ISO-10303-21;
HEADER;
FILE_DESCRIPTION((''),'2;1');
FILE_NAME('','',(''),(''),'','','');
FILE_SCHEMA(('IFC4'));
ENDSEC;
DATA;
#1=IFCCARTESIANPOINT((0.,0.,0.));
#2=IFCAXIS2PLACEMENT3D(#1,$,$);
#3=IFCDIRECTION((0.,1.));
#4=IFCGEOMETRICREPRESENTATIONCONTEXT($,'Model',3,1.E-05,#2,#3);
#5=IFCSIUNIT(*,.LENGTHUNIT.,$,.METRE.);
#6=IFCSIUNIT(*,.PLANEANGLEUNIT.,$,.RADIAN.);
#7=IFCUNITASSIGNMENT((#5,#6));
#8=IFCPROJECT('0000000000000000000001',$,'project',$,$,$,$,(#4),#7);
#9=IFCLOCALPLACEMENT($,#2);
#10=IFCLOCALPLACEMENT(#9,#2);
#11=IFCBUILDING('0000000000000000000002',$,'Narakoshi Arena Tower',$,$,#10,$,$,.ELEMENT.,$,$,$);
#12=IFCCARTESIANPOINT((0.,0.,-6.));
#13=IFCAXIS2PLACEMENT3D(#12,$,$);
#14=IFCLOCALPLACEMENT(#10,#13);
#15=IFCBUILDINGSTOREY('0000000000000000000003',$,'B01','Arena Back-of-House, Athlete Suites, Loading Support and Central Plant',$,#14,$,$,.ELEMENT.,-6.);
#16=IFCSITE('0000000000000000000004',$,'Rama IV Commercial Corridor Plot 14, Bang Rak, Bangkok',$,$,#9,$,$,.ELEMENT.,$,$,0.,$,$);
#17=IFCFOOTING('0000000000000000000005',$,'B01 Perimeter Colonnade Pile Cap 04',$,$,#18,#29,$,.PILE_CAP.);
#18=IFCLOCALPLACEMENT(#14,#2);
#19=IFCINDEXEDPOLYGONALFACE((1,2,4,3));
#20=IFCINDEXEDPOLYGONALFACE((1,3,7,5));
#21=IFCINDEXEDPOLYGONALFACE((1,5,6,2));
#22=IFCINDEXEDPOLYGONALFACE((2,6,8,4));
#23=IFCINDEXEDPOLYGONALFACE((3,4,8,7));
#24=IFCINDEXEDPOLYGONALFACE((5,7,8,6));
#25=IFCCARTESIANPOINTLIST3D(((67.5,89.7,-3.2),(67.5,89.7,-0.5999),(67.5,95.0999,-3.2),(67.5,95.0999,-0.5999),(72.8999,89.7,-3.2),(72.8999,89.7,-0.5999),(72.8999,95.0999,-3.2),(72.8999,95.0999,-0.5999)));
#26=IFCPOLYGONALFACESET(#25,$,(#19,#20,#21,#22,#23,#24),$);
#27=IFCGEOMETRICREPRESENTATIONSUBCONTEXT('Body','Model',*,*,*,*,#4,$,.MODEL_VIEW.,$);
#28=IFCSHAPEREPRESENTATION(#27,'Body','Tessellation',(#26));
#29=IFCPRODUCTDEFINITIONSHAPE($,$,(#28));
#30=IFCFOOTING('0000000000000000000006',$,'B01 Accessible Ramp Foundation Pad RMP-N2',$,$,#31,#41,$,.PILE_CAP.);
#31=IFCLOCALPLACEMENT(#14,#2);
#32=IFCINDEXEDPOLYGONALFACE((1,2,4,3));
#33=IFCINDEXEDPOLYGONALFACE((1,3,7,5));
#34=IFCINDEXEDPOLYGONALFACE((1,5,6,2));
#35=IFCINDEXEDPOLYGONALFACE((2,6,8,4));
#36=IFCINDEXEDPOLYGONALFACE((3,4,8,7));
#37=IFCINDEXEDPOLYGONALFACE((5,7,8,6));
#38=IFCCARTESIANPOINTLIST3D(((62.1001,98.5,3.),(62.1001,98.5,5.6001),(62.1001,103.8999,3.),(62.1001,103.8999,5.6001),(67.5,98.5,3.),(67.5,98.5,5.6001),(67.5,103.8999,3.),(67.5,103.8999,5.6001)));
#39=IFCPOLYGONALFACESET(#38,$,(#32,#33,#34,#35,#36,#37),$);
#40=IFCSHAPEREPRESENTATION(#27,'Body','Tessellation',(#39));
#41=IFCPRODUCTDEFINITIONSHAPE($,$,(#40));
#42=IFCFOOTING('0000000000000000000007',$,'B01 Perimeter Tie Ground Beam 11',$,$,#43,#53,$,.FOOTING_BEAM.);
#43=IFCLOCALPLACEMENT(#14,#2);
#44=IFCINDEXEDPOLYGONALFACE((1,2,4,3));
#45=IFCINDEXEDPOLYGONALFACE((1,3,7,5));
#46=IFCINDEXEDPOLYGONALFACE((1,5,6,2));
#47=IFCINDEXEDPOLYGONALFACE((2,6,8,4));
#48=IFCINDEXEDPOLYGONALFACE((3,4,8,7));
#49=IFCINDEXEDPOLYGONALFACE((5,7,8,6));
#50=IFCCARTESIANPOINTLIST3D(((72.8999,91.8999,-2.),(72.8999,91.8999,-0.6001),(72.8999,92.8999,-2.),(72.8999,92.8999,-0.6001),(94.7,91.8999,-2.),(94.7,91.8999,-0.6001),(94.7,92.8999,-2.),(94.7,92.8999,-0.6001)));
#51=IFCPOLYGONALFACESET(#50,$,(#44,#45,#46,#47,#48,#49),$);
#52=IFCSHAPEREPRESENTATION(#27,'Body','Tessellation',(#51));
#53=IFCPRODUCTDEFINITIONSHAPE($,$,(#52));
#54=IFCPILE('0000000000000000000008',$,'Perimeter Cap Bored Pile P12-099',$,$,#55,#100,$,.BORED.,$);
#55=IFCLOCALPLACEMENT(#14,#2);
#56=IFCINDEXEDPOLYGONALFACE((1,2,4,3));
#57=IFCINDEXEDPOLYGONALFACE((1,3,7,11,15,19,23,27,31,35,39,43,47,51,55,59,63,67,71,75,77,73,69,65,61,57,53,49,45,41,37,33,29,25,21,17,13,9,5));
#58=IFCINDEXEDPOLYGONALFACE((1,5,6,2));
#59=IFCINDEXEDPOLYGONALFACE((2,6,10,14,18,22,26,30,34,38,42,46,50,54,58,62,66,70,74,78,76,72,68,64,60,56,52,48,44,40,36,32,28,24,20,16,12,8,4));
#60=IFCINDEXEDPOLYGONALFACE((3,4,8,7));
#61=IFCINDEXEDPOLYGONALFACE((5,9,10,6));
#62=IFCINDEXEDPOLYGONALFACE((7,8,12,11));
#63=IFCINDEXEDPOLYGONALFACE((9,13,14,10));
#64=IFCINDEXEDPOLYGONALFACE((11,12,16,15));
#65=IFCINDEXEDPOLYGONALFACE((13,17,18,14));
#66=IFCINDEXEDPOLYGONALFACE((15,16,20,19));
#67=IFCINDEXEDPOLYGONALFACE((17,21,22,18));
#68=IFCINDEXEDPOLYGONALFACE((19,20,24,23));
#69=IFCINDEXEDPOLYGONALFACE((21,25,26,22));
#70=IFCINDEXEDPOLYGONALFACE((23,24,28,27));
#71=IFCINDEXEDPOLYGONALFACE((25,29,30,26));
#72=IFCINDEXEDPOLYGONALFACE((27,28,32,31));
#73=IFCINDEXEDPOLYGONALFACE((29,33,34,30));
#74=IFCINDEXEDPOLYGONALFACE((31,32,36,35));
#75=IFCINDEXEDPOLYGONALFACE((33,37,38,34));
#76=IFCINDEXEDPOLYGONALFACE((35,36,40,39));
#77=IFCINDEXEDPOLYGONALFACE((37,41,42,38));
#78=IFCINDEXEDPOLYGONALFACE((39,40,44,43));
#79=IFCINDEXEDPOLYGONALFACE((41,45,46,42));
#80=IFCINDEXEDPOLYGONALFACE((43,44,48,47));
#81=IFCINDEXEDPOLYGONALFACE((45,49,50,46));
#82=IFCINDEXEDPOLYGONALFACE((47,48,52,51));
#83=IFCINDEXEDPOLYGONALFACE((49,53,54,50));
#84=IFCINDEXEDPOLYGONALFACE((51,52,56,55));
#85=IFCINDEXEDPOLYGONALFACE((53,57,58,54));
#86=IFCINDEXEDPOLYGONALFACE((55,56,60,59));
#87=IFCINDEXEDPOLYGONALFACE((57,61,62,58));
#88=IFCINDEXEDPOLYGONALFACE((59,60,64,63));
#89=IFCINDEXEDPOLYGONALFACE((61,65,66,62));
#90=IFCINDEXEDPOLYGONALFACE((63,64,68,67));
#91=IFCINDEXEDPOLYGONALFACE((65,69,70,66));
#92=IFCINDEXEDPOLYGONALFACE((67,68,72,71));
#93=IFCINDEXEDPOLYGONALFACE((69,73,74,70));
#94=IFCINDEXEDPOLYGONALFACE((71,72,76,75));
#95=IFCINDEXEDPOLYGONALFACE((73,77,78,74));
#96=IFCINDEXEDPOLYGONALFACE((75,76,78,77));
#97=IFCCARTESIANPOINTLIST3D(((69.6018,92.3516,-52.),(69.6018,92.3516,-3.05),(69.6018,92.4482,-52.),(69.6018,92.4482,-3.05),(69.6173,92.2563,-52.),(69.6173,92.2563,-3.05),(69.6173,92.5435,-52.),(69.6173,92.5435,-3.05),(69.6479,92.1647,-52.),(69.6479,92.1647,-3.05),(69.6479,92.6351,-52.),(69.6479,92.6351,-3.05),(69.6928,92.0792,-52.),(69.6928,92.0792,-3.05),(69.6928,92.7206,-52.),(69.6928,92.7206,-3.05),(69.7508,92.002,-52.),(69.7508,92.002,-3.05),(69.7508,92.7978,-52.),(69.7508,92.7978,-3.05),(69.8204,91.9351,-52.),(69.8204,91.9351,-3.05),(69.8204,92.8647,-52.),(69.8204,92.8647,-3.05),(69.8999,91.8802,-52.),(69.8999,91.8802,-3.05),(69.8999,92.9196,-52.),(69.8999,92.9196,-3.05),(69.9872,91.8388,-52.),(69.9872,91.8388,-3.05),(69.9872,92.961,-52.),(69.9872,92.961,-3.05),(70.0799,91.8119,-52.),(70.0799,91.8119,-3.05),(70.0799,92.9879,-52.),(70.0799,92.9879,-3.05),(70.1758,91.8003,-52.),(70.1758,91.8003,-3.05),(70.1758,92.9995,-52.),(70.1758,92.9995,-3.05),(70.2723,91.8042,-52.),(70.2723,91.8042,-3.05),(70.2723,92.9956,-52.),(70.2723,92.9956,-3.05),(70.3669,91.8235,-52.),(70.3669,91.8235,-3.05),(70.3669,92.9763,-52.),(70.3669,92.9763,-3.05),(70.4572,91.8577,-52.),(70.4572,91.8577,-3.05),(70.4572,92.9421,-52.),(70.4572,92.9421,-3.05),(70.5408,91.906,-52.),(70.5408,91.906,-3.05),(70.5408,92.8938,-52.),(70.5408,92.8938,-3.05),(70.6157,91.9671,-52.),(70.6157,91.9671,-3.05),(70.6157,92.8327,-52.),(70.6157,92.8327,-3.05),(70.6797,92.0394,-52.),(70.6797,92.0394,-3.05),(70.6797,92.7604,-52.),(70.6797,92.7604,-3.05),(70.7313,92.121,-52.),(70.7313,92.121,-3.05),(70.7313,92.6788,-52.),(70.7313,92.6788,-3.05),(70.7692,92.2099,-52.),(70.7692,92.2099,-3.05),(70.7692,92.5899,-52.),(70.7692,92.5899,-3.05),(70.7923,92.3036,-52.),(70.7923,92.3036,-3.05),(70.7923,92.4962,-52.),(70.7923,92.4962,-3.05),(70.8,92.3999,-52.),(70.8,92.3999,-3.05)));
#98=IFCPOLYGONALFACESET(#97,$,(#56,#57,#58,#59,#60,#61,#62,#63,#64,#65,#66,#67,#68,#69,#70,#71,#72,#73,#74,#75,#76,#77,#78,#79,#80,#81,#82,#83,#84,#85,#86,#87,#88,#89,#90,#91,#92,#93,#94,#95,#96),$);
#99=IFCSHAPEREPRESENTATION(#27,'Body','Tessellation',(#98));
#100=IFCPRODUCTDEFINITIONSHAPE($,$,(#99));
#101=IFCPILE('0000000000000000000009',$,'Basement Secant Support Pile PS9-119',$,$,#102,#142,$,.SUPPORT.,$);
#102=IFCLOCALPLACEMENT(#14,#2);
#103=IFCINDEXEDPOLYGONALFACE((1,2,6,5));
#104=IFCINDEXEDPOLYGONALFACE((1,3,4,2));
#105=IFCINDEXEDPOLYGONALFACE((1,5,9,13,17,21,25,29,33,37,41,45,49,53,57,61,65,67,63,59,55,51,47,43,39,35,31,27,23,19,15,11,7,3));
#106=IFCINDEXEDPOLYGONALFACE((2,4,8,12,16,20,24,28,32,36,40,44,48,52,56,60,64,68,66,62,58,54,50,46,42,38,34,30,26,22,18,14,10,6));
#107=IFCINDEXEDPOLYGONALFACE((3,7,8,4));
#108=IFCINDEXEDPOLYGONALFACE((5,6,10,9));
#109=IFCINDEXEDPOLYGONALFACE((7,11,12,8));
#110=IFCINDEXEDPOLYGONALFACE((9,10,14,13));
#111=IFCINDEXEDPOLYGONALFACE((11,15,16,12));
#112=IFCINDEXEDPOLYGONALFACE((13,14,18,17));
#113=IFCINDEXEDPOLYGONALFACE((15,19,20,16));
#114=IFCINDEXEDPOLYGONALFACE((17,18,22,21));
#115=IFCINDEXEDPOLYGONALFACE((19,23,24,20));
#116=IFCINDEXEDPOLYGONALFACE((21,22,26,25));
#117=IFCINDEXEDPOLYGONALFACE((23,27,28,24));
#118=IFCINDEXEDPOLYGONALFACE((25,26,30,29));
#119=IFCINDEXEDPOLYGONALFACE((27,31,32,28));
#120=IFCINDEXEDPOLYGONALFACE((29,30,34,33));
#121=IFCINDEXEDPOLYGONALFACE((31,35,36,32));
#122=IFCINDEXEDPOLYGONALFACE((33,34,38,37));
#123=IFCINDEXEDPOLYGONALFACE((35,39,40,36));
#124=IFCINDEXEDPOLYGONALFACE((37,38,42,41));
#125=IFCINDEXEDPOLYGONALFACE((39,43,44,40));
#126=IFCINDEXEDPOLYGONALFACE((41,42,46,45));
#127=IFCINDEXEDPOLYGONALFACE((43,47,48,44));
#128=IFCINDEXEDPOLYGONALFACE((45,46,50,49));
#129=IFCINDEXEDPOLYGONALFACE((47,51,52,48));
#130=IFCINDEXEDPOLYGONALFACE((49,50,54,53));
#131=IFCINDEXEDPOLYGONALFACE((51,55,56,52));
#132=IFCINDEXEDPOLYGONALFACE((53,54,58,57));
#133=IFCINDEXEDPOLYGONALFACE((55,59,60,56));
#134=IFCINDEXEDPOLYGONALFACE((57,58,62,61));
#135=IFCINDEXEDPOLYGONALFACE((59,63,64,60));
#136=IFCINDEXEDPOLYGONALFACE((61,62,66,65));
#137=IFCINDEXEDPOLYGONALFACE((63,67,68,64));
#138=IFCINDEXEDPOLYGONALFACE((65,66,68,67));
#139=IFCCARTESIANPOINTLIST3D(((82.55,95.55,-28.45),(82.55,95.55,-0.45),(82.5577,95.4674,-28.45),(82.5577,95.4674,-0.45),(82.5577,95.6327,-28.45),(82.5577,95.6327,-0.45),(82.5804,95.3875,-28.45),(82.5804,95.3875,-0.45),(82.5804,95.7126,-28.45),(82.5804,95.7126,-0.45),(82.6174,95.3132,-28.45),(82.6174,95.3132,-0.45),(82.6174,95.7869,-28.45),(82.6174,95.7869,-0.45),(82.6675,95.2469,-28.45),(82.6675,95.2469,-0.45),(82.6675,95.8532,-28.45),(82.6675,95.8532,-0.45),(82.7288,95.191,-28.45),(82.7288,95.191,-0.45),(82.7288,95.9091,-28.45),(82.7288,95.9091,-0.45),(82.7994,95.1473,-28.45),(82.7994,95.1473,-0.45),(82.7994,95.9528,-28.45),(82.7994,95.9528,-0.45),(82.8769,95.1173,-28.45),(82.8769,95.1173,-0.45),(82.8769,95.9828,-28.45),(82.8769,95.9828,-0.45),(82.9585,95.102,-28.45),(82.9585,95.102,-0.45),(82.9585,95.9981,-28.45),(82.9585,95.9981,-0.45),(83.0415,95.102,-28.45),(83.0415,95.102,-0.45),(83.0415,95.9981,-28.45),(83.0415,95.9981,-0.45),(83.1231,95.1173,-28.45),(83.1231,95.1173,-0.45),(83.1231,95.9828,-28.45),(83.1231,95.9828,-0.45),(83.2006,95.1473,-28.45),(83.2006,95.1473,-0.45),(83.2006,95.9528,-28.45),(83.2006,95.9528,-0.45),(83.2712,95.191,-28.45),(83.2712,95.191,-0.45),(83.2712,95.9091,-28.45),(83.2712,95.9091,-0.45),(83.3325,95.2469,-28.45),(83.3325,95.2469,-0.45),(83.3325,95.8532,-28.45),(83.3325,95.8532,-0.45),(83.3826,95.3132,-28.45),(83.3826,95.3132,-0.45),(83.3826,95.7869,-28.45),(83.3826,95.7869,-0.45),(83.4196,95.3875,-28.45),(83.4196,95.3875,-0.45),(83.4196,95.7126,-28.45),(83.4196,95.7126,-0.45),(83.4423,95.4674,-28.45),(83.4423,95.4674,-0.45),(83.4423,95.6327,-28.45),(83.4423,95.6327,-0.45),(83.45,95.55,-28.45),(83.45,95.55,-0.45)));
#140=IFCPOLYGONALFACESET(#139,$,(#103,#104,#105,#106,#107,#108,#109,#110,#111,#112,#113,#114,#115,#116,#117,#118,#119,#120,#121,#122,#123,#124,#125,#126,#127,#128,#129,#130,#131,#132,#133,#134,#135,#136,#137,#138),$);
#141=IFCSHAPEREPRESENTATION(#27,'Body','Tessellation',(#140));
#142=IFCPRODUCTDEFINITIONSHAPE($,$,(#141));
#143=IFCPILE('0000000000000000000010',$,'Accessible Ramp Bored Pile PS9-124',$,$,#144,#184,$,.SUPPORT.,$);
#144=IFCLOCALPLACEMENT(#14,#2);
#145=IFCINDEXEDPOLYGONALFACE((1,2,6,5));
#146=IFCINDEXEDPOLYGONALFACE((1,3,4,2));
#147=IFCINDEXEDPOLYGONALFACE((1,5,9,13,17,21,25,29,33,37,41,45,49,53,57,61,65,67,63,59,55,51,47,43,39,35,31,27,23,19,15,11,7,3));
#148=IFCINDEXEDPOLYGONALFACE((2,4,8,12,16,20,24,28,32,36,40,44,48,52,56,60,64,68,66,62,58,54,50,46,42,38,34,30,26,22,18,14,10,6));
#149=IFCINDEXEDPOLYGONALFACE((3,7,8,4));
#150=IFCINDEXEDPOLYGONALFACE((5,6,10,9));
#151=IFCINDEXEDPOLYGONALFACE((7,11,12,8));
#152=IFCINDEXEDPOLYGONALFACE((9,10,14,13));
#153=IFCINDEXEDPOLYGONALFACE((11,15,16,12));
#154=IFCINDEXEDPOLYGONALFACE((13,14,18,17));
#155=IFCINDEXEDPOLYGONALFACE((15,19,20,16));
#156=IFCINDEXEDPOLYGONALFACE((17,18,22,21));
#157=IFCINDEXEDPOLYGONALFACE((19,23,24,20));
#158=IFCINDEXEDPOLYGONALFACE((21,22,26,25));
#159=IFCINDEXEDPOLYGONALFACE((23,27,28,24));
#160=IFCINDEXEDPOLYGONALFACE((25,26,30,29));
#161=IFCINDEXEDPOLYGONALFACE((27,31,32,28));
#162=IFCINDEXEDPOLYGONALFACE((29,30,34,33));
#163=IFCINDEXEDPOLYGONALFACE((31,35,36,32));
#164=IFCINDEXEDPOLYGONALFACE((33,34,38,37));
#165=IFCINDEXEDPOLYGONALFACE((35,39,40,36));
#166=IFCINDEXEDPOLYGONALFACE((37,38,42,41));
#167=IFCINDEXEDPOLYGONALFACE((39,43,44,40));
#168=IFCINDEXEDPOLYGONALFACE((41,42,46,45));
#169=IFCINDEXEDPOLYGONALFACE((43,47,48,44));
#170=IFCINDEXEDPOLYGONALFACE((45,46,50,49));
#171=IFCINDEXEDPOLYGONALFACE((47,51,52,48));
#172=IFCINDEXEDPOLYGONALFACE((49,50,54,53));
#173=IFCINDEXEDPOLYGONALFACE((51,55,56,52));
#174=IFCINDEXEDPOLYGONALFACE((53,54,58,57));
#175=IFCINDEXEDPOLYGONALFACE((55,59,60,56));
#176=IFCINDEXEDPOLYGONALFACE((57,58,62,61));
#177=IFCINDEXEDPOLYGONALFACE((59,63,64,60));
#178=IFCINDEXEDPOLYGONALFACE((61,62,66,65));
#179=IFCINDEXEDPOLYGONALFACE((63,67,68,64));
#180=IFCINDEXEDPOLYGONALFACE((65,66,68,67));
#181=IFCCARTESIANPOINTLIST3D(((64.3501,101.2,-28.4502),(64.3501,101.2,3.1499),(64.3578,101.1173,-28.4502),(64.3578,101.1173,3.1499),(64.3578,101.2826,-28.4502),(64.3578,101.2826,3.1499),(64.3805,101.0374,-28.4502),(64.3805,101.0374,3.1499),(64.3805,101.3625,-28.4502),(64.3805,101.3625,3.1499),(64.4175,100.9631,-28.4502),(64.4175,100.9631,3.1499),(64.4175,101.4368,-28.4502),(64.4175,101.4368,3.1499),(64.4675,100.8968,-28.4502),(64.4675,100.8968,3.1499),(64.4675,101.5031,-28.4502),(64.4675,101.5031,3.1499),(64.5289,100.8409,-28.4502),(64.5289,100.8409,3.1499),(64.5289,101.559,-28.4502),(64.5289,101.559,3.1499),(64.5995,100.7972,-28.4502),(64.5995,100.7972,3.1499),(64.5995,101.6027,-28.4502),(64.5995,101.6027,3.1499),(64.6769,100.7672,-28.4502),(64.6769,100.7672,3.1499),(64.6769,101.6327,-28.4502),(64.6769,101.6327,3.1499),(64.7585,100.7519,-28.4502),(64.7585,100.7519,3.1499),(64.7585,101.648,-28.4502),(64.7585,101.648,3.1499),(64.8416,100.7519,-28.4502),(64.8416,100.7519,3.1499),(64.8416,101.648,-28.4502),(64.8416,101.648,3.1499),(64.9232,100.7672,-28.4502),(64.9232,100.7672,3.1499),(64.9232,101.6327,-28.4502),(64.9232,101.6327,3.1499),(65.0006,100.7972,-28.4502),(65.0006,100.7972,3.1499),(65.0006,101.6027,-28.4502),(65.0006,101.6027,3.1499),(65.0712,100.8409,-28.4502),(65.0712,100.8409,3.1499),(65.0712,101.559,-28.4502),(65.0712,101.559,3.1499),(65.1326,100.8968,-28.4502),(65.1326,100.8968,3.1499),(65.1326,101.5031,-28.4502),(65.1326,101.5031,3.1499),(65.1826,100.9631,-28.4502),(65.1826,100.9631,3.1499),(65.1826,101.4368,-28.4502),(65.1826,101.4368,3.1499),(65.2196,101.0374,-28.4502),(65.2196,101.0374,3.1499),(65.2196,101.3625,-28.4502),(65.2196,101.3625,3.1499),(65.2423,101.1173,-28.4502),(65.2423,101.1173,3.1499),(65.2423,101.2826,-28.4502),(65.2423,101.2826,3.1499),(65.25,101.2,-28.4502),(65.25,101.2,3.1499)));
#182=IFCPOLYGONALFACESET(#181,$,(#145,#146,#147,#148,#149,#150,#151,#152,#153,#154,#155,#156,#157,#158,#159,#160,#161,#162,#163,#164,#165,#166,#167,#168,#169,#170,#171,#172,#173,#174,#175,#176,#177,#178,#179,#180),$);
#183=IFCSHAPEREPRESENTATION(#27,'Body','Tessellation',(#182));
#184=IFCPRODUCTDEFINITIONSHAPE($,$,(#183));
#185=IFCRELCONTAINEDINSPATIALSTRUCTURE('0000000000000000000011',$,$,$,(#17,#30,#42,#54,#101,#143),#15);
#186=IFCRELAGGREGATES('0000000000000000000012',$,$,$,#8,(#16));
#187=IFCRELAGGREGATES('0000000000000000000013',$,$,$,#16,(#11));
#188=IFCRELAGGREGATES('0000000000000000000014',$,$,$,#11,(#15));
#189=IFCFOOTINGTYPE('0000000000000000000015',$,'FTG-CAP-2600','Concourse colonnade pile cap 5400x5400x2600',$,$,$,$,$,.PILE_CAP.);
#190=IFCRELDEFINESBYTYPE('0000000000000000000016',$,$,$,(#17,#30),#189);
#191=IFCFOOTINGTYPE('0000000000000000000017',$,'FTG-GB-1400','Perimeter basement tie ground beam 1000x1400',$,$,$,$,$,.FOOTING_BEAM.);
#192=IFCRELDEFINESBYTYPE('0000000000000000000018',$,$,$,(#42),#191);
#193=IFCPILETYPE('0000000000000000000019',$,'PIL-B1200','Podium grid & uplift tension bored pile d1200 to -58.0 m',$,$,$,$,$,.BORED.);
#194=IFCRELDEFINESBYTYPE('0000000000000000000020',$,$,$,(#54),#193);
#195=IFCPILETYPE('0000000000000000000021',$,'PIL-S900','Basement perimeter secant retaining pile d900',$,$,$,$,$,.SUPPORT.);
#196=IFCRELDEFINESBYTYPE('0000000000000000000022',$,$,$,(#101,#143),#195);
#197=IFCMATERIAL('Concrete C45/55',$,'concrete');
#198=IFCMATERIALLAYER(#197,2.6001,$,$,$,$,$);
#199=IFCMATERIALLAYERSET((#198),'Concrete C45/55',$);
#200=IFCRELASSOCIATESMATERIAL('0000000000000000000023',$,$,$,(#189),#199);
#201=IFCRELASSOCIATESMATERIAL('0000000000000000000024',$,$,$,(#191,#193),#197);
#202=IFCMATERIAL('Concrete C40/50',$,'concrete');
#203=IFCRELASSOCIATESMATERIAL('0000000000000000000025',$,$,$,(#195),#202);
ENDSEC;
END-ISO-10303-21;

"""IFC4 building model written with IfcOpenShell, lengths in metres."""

from ifc_helpers import new_model, si_unit, direction, frame, origin, origin_2d, place, context, subcontext, project, spatial, rectangle, circle, extrude, material, layer, layer_set, material_profile, profile_set, type_object, element, save


model = new_model("IFC4")

# Units and contexts
model_context = context("Model", 3, precision=1e-05, world=origin(), true_north=direction((0.0, 1.0)))
body_context = subcontext(model_context, "Body", "Model", "MODEL_VIEW")
ifc_project = project(units=[si_unit("LENGTHUNIT", "METRE"), si_unit("PLANEANGLEUNIT", "RADIAN")], contexts=[model_context])

# Site, building, storey
site_placement = place(None, origin())
site = spatial("IfcSite", under=ifc_project, at=site_placement, Name="Rama IV Commercial Corridor Plot 14, Bang Rak, Bangkok", CompositionType="ELEMENT", RefElevation=0.0)
building_placement = place(site_placement, origin())
building = spatial("IfcBuilding", under=site, at=building_placement, Name="Narakoshi Arena Tower", CompositionType="ELEMENT")
storey_placement = place(building_placement, frame((0.0, 0.0, -6.0)))
storey = spatial("IfcBuildingStorey", under=building, at=storey_placement, Name="B01", Description="Arena Back-of-House, Athlete Suites, Loading Support and Central Plant", CompositionType="ELEMENT", Elevation=-6.0)

# Footings
ifc_material_1 = material(Name="Concrete C45/55", Category="concrete")
ifc_layer = layer(ifc_material_1, 2.6001)
ifc_layer_set = layer_set([ifc_layer], Name="Concrete C45/55")
footing_type_1 = type_object("IfcFootingType", Name="FTG-CAP-2600", Description="Concourse colonnade pile cap 5400x5400x2600", PredefinedType="PILE_CAP", material=ifc_layer_set)
for number, where, z_axis, x_axis, name in (
    (1, (70.2, 92.3999, -3.2), (0.0, 0.0, 1.0), (1.0, 0.0, 0.0), "B01 Perimeter Colonnade Pile Cap 04"),
    (2, (64.8, 101.2, 3.0), (0.0, 0.0, 1.0), (1.0, 0.0, 0.0), "B01 Accessible Ramp Foundation Pad RMP-N2"),
):
    element("IfcFooting", number, at=place(storey_placement, frame(where, z_axis=z_axis, x_axis=x_axis)), inside=storey, type_object=footing_type_1, Name=name, PredefinedType="PILE_CAP", context=body_context, shape_type="SweptSolid", body=[
        extrude(rectangle(XDim=5.3999, YDim=5.3999, at=origin_2d()), origin(), (0.0, 0.0, 1.0), 2.6001),
    ])
ifc_material_profile_1 = material_profile(ifc_material_1, rectangle(XDim=1.0, YDim=1.3999, at=origin_2d()), Name="RGB1000x1400")
ifc_profile_set_1 = profile_set([ifc_material_profile_1], Name="Concrete C45/55")
footing_type_2 = type_object("IfcFootingType", Name="FTG-GB-1400", Description="Perimeter basement tie ground beam 1000x1400", PredefinedType="FOOTING_BEAM", material=ifc_profile_set_1)
footing_placement = place(storey_placement, frame((72.8999, 92.3999, -1.3), z_axis=(1.0, 0.0, 0.0), x_axis=(0.0, 1.0, 0.0)))
element("IfcFooting", 3, at=footing_placement, inside=storey, type_object=footing_type_2, Name="B01 Perimeter Tie Ground Beam 11", PredefinedType="FOOTING_BEAM", context=body_context, shape_type="SweptSolid", body=[
    extrude(rectangle(XDim=1.0, YDim=1.3999, at=origin_2d()), origin(), (0.0, 0.0, 1.0), 21.8),
])

# Piles
ifc_material_profile_2 = material_profile(ifc_material_1, circle(Radius=0.6001, at=origin_2d()), Name="PILE-D1200")
ifc_profile_set_2 = profile_set([ifc_material_profile_2], Name="Concrete C45/55")
pile_type_1 = type_object("IfcPileType", Name="PIL-B1200", Description="Podium grid & uplift tension bored pile d1200 to -58.0 m", PredefinedType="BORED", material=ifc_profile_set_2)
pile_1_placement = place(storey_placement, frame((70.2, 92.3999, -3.05), z_axis=(0.0, 0.0, -1.0), x_axis=(1.0, 0.0, 0.0)))
element("IfcPile", 4, at=pile_1_placement, inside=storey, type_object=pile_type_1, Name="Perimeter Cap Bored Pile P12-099", PredefinedType="BORED", context=body_context, shape_type="SweptSolid", body=[
    extrude(circle(Radius=0.6001, at=origin_2d()), origin(), (0.0, 0.0, 1.0), 48.95),
])
ifc_material_2 = material(Name="Concrete C40/50", Category="concrete")
ifc_material_profile_3 = material_profile(ifc_material_2, circle(Radius=0.45, at=origin_2d()), Name="PILE-D900")
ifc_profile_set_3 = profile_set([ifc_material_profile_3], Name="Concrete C40/50")
pile_type_2 = type_object("IfcPileType", Name="PIL-S900", Description="Basement perimeter secant retaining pile d900", PredefinedType="SUPPORT", material=ifc_profile_set_3)
pile_2_placement = place(storey_placement, frame((83.0, 95.55, -0.45), z_axis=(0.0, 0.0, -1.0), x_axis=(1.0, 0.0, 0.0)))
element("IfcPile", 5, at=pile_2_placement, inside=storey, type_object=pile_type_2, Name="Basement Secant Support Pile PS9-119", PredefinedType="SUPPORT", context=body_context, shape_type="SweptSolid", body=[
    extrude(circle(Radius=0.45, at=origin_2d()), origin(), (0.0, 0.0, 1.0), 28.0),
])
pile_3_placement = place(storey_placement, frame((64.8, 101.2, 3.1499), z_axis=(0.0, 0.0, -1.0), x_axis=(1.0, 0.0, 0.0)))
element("IfcPile", 6, at=pile_3_placement, inside=storey, type_object=pile_type_2, Name="Accessible Ramp Bored Pile PS9-124", PredefinedType="SUPPORT", context=body_context, shape_type="SweptSolid", body=[
    extrude(circle(Radius=0.45, at=origin_2d()), origin(), (0.0, 0.0, 1.0), 31.6001),
])

save(model, "model.ifc")
